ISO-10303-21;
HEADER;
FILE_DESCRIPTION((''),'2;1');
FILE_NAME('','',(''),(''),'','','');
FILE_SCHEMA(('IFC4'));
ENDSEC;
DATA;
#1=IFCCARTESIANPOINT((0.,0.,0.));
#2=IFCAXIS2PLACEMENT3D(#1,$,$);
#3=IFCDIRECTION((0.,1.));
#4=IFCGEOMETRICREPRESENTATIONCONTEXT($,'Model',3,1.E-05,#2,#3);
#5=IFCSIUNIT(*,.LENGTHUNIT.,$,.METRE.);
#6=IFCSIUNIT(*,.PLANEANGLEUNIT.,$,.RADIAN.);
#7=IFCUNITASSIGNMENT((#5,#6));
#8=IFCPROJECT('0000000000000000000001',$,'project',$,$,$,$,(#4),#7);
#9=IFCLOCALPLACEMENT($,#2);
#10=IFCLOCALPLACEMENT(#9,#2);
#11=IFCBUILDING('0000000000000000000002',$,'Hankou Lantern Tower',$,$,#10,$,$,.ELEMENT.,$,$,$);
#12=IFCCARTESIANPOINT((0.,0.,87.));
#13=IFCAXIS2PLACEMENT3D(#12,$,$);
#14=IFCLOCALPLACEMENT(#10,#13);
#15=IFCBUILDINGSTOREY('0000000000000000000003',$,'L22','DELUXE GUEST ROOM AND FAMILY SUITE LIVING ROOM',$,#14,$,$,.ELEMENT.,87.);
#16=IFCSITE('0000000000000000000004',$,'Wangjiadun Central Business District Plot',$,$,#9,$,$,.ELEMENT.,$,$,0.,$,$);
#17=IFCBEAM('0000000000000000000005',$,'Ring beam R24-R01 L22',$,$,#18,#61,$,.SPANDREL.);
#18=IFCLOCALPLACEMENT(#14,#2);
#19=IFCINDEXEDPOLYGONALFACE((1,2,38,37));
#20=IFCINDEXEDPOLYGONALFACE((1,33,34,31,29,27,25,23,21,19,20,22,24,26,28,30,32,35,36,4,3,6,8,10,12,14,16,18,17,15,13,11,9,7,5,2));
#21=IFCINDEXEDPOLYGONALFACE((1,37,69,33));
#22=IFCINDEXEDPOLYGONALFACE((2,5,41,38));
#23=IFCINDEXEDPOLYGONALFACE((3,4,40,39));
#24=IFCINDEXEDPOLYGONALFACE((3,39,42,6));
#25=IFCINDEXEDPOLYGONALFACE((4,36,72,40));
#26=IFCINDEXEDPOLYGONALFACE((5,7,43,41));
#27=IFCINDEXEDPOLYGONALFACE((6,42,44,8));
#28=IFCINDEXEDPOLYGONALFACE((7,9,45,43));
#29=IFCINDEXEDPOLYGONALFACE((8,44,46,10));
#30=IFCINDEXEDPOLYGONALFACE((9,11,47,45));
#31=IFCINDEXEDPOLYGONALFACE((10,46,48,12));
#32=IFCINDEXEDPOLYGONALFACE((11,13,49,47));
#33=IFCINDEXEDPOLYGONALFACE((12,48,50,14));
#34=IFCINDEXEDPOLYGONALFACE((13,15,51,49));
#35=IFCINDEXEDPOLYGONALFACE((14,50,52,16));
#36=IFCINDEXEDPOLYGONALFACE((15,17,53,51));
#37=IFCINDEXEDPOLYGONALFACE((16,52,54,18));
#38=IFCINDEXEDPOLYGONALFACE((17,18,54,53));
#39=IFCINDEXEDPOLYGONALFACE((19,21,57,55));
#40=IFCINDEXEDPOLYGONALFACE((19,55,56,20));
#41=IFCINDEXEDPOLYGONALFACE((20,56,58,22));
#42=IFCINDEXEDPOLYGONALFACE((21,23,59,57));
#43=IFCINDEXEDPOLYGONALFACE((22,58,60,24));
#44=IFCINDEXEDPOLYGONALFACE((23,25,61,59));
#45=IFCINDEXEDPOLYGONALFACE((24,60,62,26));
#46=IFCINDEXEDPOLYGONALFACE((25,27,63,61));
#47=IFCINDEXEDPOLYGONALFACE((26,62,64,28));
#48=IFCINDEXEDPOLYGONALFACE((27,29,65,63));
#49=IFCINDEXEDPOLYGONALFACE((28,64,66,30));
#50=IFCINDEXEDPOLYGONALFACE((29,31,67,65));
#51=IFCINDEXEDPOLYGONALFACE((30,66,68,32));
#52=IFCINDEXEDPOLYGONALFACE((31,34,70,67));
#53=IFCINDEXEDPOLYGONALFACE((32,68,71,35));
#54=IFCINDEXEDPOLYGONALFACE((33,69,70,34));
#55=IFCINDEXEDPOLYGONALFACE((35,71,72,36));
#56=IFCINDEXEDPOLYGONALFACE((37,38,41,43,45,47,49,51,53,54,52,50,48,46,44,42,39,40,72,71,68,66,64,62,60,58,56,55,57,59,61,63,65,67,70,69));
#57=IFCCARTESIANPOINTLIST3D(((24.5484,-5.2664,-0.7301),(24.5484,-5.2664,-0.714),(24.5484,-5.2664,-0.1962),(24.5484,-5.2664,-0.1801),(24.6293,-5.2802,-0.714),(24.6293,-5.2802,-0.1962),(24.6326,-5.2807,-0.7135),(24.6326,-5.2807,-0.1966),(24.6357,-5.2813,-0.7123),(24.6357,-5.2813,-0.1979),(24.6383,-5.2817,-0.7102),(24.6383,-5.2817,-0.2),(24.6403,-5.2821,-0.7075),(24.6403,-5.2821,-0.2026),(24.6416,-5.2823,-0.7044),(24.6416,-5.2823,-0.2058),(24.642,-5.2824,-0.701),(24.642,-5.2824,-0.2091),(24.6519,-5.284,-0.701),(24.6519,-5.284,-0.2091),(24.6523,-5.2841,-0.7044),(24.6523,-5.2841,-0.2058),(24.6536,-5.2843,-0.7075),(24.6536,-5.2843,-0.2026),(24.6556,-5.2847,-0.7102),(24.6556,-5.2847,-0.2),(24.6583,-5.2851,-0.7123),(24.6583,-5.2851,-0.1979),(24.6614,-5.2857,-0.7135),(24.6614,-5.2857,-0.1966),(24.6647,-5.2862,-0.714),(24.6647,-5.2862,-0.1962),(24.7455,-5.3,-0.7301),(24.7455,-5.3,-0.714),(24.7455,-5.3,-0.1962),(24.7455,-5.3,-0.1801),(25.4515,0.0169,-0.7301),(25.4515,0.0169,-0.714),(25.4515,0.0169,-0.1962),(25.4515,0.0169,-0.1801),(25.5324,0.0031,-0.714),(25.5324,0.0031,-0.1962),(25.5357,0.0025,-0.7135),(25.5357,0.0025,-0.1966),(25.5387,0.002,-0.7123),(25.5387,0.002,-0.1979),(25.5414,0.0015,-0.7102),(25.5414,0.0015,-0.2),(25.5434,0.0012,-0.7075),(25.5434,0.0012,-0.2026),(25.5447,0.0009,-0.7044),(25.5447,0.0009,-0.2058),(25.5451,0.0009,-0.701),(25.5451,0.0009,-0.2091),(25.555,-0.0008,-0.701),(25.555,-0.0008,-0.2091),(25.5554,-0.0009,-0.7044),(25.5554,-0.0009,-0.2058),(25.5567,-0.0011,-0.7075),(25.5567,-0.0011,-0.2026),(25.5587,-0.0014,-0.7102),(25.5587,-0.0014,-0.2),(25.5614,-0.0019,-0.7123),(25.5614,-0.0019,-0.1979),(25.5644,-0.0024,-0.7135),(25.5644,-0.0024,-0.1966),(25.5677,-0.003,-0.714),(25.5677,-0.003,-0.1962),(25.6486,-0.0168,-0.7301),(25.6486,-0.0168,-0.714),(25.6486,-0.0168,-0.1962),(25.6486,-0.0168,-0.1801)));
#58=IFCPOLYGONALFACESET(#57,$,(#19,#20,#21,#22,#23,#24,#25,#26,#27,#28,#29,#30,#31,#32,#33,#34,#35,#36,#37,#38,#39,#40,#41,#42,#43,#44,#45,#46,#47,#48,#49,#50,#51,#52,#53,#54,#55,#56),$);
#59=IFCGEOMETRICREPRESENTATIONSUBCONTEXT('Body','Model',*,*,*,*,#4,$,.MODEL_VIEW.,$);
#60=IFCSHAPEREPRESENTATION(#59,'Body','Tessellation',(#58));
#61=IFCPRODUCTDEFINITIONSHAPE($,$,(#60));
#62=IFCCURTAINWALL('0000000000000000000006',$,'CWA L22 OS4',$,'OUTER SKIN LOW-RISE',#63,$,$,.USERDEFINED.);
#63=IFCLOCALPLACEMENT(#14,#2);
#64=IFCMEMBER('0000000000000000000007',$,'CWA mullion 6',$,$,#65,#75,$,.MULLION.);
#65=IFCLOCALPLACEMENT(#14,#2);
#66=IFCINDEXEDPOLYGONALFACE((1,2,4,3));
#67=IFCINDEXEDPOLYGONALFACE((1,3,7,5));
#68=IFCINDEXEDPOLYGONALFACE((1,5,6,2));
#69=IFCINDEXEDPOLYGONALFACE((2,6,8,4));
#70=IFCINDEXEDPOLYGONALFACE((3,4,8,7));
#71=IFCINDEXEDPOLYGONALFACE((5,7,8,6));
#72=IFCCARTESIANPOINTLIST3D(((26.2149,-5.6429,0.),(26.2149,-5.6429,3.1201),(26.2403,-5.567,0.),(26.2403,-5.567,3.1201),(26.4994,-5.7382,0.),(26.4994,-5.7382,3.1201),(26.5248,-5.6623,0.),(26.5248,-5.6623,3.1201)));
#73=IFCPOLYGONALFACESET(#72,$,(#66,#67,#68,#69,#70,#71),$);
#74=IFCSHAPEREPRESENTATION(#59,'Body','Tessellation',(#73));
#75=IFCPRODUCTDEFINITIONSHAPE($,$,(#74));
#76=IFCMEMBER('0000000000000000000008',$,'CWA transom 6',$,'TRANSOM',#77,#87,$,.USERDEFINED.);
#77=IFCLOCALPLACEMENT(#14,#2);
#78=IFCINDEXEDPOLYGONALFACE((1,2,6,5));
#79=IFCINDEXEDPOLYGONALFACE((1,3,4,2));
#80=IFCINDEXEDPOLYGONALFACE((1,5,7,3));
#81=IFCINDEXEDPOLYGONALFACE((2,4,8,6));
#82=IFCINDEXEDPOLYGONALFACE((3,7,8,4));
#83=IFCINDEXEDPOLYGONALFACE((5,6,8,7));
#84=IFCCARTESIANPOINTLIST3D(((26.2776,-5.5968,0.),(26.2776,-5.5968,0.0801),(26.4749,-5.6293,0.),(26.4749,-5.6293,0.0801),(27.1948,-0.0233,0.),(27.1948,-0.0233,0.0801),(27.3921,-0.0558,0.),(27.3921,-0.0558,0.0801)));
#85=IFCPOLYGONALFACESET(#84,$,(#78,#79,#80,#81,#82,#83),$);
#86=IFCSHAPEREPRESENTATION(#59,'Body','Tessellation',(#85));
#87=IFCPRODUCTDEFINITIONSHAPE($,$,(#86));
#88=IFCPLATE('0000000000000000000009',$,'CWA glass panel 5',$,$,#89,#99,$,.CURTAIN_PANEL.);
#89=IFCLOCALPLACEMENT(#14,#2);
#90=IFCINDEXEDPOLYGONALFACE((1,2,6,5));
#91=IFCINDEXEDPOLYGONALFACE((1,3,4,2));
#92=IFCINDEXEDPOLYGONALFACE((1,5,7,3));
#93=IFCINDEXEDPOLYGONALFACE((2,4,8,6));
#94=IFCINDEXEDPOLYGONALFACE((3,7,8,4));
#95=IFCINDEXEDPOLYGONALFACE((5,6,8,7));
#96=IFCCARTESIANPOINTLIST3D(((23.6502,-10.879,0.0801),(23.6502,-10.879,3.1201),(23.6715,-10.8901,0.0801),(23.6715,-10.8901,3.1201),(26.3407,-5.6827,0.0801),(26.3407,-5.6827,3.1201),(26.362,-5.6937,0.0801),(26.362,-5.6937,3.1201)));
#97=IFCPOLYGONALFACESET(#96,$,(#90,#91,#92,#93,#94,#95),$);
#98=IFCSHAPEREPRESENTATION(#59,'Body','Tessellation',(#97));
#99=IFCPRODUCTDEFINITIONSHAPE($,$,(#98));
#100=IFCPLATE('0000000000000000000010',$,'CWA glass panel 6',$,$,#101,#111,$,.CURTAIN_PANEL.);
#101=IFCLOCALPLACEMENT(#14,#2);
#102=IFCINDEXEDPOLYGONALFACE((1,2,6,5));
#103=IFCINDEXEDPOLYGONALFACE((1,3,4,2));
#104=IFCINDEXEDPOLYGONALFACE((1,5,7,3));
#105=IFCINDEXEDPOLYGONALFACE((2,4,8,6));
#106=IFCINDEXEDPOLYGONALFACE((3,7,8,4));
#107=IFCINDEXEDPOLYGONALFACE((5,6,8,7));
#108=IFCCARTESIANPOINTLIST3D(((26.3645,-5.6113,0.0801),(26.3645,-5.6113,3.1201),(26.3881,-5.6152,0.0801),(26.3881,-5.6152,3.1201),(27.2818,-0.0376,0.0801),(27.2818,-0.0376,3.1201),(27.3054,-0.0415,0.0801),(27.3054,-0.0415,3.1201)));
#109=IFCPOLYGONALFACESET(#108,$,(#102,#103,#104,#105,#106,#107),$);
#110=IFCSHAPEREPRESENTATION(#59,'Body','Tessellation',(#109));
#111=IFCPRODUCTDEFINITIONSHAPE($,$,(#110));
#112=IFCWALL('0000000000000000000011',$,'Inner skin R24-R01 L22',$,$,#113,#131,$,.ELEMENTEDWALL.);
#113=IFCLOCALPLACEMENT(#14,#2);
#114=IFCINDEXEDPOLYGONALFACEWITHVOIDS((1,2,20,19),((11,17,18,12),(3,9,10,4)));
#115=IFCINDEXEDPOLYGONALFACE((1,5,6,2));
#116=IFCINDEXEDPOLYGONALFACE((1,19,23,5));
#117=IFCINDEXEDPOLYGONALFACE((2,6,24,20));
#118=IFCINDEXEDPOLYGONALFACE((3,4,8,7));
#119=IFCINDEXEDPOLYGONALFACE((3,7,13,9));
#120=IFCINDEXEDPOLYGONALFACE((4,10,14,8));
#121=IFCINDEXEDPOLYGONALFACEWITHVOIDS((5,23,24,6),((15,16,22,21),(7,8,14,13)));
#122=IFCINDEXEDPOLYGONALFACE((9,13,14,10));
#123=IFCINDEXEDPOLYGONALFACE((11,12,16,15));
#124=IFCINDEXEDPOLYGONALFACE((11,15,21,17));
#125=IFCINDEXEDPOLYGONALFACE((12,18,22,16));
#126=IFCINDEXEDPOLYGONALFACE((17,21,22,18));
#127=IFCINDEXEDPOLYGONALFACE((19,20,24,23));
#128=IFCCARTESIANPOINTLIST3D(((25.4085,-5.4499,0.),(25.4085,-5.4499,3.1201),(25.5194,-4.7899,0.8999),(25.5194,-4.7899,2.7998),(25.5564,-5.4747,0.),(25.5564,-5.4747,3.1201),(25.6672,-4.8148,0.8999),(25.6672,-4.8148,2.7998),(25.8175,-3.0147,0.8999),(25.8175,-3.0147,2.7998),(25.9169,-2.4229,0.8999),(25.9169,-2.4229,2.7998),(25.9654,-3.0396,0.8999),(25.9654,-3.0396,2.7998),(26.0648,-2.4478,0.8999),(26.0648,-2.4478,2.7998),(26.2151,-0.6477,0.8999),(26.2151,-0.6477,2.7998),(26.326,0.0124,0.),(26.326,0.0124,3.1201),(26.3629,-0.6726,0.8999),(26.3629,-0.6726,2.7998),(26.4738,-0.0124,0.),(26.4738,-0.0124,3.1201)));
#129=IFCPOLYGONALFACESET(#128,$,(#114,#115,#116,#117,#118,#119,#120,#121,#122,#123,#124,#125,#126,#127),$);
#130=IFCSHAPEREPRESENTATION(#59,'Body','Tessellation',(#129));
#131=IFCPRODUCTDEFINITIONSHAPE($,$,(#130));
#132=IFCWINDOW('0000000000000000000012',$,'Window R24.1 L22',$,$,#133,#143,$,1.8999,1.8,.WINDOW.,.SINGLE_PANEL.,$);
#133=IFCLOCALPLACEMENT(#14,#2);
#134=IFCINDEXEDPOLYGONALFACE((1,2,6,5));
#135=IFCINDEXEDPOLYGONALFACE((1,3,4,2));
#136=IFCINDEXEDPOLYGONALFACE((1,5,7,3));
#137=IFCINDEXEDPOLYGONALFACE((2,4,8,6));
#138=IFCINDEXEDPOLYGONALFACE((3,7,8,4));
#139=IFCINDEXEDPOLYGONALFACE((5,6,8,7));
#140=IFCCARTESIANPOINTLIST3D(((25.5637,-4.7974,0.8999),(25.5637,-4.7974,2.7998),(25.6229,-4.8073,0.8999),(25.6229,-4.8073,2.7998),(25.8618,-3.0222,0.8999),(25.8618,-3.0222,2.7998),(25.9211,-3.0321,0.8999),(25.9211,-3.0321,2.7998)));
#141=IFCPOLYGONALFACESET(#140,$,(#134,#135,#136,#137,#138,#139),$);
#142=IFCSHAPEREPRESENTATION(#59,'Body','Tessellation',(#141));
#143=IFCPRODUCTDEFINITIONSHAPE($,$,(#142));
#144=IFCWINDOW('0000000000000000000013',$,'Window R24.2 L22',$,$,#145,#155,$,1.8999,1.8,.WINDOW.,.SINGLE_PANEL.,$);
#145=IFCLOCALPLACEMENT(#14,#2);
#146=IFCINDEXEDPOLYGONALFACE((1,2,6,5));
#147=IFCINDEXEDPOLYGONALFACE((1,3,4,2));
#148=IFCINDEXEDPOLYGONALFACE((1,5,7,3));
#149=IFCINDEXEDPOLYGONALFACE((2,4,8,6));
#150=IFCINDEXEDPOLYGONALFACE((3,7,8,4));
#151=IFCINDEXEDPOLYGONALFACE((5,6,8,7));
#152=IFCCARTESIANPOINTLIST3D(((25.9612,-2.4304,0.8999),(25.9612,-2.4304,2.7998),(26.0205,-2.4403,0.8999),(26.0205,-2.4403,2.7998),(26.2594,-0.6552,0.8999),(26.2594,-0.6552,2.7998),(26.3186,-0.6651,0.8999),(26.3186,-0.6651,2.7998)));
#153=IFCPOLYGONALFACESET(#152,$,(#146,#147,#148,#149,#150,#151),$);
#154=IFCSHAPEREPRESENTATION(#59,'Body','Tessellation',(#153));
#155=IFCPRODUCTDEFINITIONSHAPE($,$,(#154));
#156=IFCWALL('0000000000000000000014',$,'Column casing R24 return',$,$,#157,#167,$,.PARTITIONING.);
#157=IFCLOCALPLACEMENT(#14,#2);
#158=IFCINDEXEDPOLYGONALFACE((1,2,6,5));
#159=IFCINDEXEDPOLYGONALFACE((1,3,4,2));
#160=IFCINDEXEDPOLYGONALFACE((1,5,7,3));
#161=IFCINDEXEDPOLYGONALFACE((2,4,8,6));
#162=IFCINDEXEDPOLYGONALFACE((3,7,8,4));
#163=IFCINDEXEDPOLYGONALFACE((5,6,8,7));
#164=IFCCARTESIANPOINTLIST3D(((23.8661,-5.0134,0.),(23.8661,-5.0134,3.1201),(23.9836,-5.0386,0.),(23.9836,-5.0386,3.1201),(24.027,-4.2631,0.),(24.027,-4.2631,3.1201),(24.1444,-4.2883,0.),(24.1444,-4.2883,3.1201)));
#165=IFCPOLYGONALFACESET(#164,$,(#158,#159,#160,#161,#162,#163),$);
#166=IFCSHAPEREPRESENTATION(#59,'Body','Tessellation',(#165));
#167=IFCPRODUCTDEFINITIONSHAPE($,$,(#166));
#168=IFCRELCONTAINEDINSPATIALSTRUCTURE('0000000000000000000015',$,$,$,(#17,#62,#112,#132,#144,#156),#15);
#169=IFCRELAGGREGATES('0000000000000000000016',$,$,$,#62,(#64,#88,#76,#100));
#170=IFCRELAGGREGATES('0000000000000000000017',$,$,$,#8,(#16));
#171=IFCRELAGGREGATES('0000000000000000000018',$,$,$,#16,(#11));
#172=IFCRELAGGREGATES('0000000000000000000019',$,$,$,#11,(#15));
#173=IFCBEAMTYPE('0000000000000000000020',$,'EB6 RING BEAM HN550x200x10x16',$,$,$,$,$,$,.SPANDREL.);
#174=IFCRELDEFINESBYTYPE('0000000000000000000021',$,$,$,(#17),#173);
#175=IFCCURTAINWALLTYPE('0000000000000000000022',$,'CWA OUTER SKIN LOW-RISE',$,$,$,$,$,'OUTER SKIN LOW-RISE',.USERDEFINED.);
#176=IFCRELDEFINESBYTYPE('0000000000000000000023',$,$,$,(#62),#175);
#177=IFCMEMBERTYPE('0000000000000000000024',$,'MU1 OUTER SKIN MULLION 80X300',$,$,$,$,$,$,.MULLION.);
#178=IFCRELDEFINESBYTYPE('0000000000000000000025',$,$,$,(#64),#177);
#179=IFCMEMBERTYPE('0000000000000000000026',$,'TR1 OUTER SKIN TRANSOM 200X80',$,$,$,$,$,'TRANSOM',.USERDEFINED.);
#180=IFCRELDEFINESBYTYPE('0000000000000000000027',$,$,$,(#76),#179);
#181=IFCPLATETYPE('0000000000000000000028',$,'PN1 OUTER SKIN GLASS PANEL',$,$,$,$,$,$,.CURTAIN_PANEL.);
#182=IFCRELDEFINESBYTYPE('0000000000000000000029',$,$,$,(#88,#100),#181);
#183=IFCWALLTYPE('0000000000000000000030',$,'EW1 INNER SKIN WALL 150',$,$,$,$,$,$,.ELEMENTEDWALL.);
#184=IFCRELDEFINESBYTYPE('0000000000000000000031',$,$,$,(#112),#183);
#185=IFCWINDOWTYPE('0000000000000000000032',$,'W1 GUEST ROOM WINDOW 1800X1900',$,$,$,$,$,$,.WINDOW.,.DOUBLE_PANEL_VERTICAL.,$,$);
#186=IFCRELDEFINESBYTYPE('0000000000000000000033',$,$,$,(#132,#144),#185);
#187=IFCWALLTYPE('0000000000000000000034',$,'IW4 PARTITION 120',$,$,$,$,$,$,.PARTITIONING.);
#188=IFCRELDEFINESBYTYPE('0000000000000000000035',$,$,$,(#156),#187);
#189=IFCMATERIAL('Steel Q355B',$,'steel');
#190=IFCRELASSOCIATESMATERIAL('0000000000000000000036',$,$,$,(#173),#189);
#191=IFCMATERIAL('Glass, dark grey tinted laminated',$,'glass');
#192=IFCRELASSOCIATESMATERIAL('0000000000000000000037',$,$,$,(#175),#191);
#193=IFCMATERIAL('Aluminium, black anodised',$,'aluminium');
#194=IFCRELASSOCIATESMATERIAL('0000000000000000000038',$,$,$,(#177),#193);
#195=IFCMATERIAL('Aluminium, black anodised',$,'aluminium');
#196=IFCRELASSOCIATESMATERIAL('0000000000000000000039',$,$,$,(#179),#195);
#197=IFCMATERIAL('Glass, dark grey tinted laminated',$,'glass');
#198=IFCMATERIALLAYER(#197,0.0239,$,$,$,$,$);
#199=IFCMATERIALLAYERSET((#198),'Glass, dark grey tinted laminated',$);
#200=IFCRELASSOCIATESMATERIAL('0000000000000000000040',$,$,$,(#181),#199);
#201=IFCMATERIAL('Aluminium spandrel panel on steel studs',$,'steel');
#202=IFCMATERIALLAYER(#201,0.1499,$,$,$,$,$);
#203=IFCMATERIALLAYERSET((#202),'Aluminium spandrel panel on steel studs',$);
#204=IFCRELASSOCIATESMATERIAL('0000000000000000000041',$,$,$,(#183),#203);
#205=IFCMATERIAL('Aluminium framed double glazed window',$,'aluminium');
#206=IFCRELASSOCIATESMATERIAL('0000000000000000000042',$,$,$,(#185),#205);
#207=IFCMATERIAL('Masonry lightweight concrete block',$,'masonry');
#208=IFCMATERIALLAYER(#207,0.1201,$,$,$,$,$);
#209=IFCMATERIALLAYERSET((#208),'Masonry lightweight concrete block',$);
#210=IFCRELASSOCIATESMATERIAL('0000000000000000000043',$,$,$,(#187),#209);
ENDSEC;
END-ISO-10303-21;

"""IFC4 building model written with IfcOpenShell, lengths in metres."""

from ifc_helpers import new_model, si_unit, direction, frame, frame_2d, origin, origin_2d, place, context, subcontext, project, spatial, rectangle, i_section, extrude, material, layer, layer_set, material_profile, profile_set, type_object, element, fill, aggregate, save


model = new_model("IFC4")

# Units and contexts
model_context = context("Model", 3, precision=1e-05, world=origin(), true_north=direction((0.0, 1.0)))
body_context = subcontext(model_context, "Body", "Model", "MODEL_VIEW")
ifc_project = project(units=[si_unit("LENGTHUNIT", "METRE"), si_unit("PLANEANGLEUNIT", "RADIAN")], contexts=[model_context])

# Site, building, storey
site_placement = place(None, origin())
site = spatial("IfcSite", under=ifc_project, at=site_placement, Name="Wangjiadun Central Business District Plot", CompositionType="ELEMENT", RefElevation=0.0)
building_placement = place(site_placement, origin())
building = spatial("IfcBuilding", under=site, at=building_placement, Name="Hankou Lantern Tower", CompositionType="ELEMENT")
storey_placement = place(building_placement, frame((0.0, 0.0, 87.0)))
storey = spatial("IfcBuildingStorey", under=building, at=storey_placement, Name="L22", Description="DELUXE GUEST ROOM AND FAMILY SUITE LIVING ROOM", CompositionType="ELEMENT", Elevation=87.0)

# Beam
ifc_material_1 = material(Name="Steel Q355B", Category="steel")
ifc_material_profile_1 = material_profile(ifc_material_1, i_section(OverallWidth=0.2, OverallDepth=0.55, WebThickness=0.01, FlangeThickness=0.0161, FilletRadius=0.0129, at=origin_2d()), Name="HN550x200x10x16")
ifc_profile_set_1 = profile_set([ifc_material_profile_1], Name="Steel Q355B")
beam_type = type_object("IfcBeamType", Name="EB6 RING BEAM HN550x200x10x16", PredefinedType="SPANDREL", material=ifc_profile_set_1)
beam_1_placement = place(storey_placement, frame((24.647, -5.2832, -0.4551), z_axis=(0.16849, 0.985703, 0.0), x_axis=(-0.985703, 0.16849, 0.0)))
element("IfcBeam", 1, at=beam_1_placement, inside=storey, type_object=beam_type, Name="Ring beam R24-R01 L22", PredefinedType="SPANDREL", context=body_context, shape_type="SweptSolid", body=[
    extrude(i_section(OverallWidth=0.2, OverallDepth=0.55, WebThickness=0.01, FlangeThickness=0.0161, FilletRadius=0.0129, at=origin_2d()), origin(), (0.0, 0.0, 1.0), 5.3599),
])

# Curtain wall, members, plates
ifc_material_2 = material(Name="Glass, dark grey tinted laminated", Category="glass")
curtain_wall_type = type_object("IfcCurtainWallType", Name="CWA OUTER SKIN LOW-RISE", ElementType="OUTER SKIN LOW-RISE", PredefinedType="USERDEFINED", material=ifc_material_2)
curtain_wall_placement = place(storey_placement, origin())
curtain_wall = element("IfcCurtainWall", 2, at=curtain_wall_placement, inside=storey, type_object=curtain_wall_type, Name="CWA L22 OS4", ObjectType="OUTER SKIN LOW-RISE", PredefinedType="USERDEFINED")
ifc_material_3 = material(Name="Aluminium, black anodised", Category="aluminium")
ifc_material_profile_2 = material_profile(ifc_material_3, rectangle(XDim=0.0801, YDim=0.3, at=origin_2d()), Name="MU1 80X300")
ifc_profile_set_2 = profile_set([ifc_material_profile_2], Name="Aluminium, black anodised")
member_type_1 = type_object("IfcMemberType", Name="MU1 OUTER SKIN MULLION 80X300", PredefinedType="MULLION", material=ifc_profile_set_2)
member_1_placement = place(storey_placement, frame((26.3699, -5.6526, 0.0), z_axis=(0.0, 0.0, 1.0), x_axis=(0.317596, 0.948226, 0.0)))
member_1 = element("IfcMember", 3, at=member_1_placement, type_object=member_type_1, Name="CWA mullion 6", PredefinedType="MULLION", context=body_context, shape_type="SweptSolid", body=[
    extrude(rectangle(XDim=0.0801, YDim=0.3, at=origin_2d()), origin(), (0.0, 0.0, 1.0), 3.1201),
])
ifc_material_4 = material(Name="Aluminium, black anodised", Category="aluminium")
ifc_material_profile_3 = material_profile(ifc_material_4, rectangle(XDim=0.2, YDim=0.0801, at=origin_2d()), Name="TR1 200X80")
ifc_profile_set_3 = profile_set([ifc_material_profile_3], Name="Aluminium, black anodised")
member_type_2 = type_object("IfcMemberType", Name="TR1 OUTER SKIN TRANSOM 200X80", ElementType="TRANSOM", PredefinedType="USERDEFINED", material=ifc_profile_set_3)
member_2_placement = place(storey_placement, frame((26.3762, -5.613, 0.04), z_axis=(0.162387, 0.986727, 0.0), x_axis=(-0.986727, 0.162387, 0.0)))
member_2 = element("IfcMember", 4, at=member_2_placement, type_object=member_type_2, Name="CWA transom 6", ObjectType="TRANSOM", PredefinedType="USERDEFINED", context=body_context, shape_type="SweptSolid", body=[
    extrude(rectangle(XDim=0.2, YDim=0.0801, at=origin_2d()), origin(), (0.0, 0.0, 1.0), 5.6484),
])
ifc_material_5 = material(Name="Glass, dark grey tinted laminated", Category="glass")
ifc_layer_1 = layer(ifc_material_5, 0.0239)
ifc_layer_set_1 = layer_set([ifc_layer_1], Name="Glass, dark grey tinted laminated")
plate_type = type_object("IfcPlateType", Name="PN1 OUTER SKIN GLASS PANEL", PredefinedType="CURTAIN_PANEL", material=ifc_layer_set_1)
plate_1_placement = place(storey_placement, frame((25.0061, -8.2864, 0.0801), z_axis=(0.0, 0.0, 1.0), x_axis=(0.459791, 0.888027, 0.0)))
plate_1 = element("IfcPlate", 5, at=plate_1_placement, type_object=plate_type, Name="CWA glass panel 5", PredefinedType="CURTAIN_PANEL", context=body_context, shape_type="SweptSolid", body=[
    extrude(rectangle(XDim=5.8516, YDim=0.0239, at=origin_2d()), origin(), (0.0, 0.0, 1.0), 3.04),
])
plate_2_placement = place(storey_placement, frame((26.835, -2.8264, 0.0801), z_axis=(0.0, 0.0, 1.0), x_axis=(0.162382, 0.986728, 0.0)))
plate_2 = element("IfcPlate", 6, at=plate_2_placement, type_object=plate_type, Name="CWA glass panel 6", PredefinedType="CURTAIN_PANEL", context=body_context, shape_type="SweptSolid", body=[
    extrude(rectangle(XDim=5.6487, YDim=0.0239, at=origin_2d()), origin(), (0.0, 0.0, 1.0), 3.04),
])
aggregate(curtain_wall, [member_1, plate_1, member_2, plate_2])

# Wall, openings, windows
ifc_material_6 = material(Name="Aluminium spandrel panel on steel studs", Category="steel")
ifc_layer_2 = layer(ifc_material_6, 0.1499)
ifc_layer_set_2 = layer_set([ifc_layer_2], Name="Aluminium spandrel panel on steel studs")
wall_type_1 = type_object("IfcWallType", Name="EW1 INNER SKIN WALL 150", PredefinedType="ELEMENTEDWALL", material=ifc_layer_set_2)
wall_1_placement = place(storey_placement, frame((25.4824, -5.4624, 0.0), z_axis=(0.0, 0.0, 1.0), x_axis=(0.165643, 0.986186, 0.0)))
wall_1 = element("IfcWall", 7, at=wall_1_placement, inside=storey, type_object=wall_type_1, Name="Inner skin R24-R01 L22", PredefinedType="ELEMENTEDWALL", context=body_context, shape_type="SweptSolid", body=[
    extrude(rectangle(XDim=5.5388, YDim=0.1499, at=frame_2d((2.7695, 0.0))), origin(), (0.0, 0.0, 1.0), 3.1201),
])
opening_1_placement = place(wall_1_placement, frame((0.6694, 0.0, 0.8999)))
opening_1 = element("IfcOpeningElement", 8, at=opening_1_placement, cuts=wall_1, PredefinedType="OPENING", context=body_context, shape_type="SweptSolid", body=[
    extrude(rectangle(XDim=1.8, YDim=1.8999, at=frame_2d((0.8999, 0.95))), frame((0.0, 0.085, 0.0), z_axis=(0.0, -1.0, 0.0), x_axis=(1.0, 0.0, 0.0)), (0.0, 0.0, 1.0), 0.1699),
])
opening_2_placement = place(wall_1_placement, frame((3.0696, 0.0, 0.8999)))
opening_2 = element("IfcOpeningElement", 9, at=opening_2_placement, cuts=wall_1, PredefinedType="OPENING", context=body_context, shape_type="SweptSolid", body=[
    extrude(rectangle(XDim=1.8, YDim=1.8999, at=frame_2d((0.8999, 0.95))), frame((0.0, 0.085, 0.0), z_axis=(0.0, -1.0, 0.0), x_axis=(1.0, 0.0, 0.0)), (0.0, 0.0, 1.0), 0.1699),
])
ifc_material_7 = material(Name="Aluminium framed double glazed window", Category="aluminium")
window_type = type_object("IfcWindowType", Name="W1 GUEST ROOM WINDOW 1800X1900", PartitioningType="DOUBLE_PANEL_VERTICAL", PredefinedType="WINDOW", material=ifc_material_7)
window_1_placement = place(opening_1_placement, origin())
window_1 = element("IfcWindow", 10, at=window_1_placement, inside=storey, type_object=window_type, Name="Window R24.1 L22", OverallHeight=1.8999, OverallWidth=1.8, PartitioningType="SINGLE_PANEL", PredefinedType="WINDOW", context=body_context, shape_type="SweptSolid", body=[
    extrude(rectangle(XDim=1.8, YDim=1.8999, at=frame_2d((0.8999, 0.95))), frame((0.0, 0.03, 0.0), z_axis=(0.0, -1.0, 0.0), x_axis=(1.0, 0.0, 0.0)), (0.0, 0.0, 1.0), 0.0601),
])
fill(opening_1, window_1)
window_2_placement = place(opening_2_placement, origin())
window_2 = element("IfcWindow", 11, at=window_2_placement, inside=storey, type_object=window_type, Name="Window R24.2 L22", OverallHeight=1.8999, OverallWidth=1.8, PartitioningType="SINGLE_PANEL", PredefinedType="WINDOW", context=body_context, shape_type="SweptSolid", body=[
    extrude(rectangle(XDim=1.8, YDim=1.8999, at=frame_2d((0.8999, 0.95))), frame((0.0, 0.03, 0.0), z_axis=(0.0, -1.0, 0.0), x_axis=(1.0, 0.0, 0.0)), (0.0, 0.0, 1.0), 0.0601),
])
fill(opening_2, window_2)

# Wall
ifc_material_8 = material(Name="Masonry lightweight concrete block", Category="masonry")
ifc_layer_3 = layer(ifc_material_8, 0.1201)
ifc_layer_set_3 = layer_set([ifc_layer_3], Name="Masonry lightweight concrete block")
wall_type_2 = type_object("IfcWallType", Name="IW4 PARTITION 120", PredefinedType="PARTITIONING", material=ifc_layer_set_3)
wall_2_placement = place(storey_placement, frame((23.9248, -5.0261, 0.0), z_axis=(0.0, 0.0, 1.0), x_axis=(0.209681, 0.97777, 0.0)))
element("IfcWall", 12, at=wall_2_placement, inside=storey, type_object=wall_type_2, Name="Column casing R24 return", PredefinedType="PARTITIONING", context=body_context, shape_type="SweptSolid", body=[
    extrude(rectangle(XDim=0.7673, YDim=0.1201, at=frame_2d((0.3838, 0.0))), origin(), (0.0, 0.0, 1.0), 3.1201),
])

save(model, "model.ifc")
